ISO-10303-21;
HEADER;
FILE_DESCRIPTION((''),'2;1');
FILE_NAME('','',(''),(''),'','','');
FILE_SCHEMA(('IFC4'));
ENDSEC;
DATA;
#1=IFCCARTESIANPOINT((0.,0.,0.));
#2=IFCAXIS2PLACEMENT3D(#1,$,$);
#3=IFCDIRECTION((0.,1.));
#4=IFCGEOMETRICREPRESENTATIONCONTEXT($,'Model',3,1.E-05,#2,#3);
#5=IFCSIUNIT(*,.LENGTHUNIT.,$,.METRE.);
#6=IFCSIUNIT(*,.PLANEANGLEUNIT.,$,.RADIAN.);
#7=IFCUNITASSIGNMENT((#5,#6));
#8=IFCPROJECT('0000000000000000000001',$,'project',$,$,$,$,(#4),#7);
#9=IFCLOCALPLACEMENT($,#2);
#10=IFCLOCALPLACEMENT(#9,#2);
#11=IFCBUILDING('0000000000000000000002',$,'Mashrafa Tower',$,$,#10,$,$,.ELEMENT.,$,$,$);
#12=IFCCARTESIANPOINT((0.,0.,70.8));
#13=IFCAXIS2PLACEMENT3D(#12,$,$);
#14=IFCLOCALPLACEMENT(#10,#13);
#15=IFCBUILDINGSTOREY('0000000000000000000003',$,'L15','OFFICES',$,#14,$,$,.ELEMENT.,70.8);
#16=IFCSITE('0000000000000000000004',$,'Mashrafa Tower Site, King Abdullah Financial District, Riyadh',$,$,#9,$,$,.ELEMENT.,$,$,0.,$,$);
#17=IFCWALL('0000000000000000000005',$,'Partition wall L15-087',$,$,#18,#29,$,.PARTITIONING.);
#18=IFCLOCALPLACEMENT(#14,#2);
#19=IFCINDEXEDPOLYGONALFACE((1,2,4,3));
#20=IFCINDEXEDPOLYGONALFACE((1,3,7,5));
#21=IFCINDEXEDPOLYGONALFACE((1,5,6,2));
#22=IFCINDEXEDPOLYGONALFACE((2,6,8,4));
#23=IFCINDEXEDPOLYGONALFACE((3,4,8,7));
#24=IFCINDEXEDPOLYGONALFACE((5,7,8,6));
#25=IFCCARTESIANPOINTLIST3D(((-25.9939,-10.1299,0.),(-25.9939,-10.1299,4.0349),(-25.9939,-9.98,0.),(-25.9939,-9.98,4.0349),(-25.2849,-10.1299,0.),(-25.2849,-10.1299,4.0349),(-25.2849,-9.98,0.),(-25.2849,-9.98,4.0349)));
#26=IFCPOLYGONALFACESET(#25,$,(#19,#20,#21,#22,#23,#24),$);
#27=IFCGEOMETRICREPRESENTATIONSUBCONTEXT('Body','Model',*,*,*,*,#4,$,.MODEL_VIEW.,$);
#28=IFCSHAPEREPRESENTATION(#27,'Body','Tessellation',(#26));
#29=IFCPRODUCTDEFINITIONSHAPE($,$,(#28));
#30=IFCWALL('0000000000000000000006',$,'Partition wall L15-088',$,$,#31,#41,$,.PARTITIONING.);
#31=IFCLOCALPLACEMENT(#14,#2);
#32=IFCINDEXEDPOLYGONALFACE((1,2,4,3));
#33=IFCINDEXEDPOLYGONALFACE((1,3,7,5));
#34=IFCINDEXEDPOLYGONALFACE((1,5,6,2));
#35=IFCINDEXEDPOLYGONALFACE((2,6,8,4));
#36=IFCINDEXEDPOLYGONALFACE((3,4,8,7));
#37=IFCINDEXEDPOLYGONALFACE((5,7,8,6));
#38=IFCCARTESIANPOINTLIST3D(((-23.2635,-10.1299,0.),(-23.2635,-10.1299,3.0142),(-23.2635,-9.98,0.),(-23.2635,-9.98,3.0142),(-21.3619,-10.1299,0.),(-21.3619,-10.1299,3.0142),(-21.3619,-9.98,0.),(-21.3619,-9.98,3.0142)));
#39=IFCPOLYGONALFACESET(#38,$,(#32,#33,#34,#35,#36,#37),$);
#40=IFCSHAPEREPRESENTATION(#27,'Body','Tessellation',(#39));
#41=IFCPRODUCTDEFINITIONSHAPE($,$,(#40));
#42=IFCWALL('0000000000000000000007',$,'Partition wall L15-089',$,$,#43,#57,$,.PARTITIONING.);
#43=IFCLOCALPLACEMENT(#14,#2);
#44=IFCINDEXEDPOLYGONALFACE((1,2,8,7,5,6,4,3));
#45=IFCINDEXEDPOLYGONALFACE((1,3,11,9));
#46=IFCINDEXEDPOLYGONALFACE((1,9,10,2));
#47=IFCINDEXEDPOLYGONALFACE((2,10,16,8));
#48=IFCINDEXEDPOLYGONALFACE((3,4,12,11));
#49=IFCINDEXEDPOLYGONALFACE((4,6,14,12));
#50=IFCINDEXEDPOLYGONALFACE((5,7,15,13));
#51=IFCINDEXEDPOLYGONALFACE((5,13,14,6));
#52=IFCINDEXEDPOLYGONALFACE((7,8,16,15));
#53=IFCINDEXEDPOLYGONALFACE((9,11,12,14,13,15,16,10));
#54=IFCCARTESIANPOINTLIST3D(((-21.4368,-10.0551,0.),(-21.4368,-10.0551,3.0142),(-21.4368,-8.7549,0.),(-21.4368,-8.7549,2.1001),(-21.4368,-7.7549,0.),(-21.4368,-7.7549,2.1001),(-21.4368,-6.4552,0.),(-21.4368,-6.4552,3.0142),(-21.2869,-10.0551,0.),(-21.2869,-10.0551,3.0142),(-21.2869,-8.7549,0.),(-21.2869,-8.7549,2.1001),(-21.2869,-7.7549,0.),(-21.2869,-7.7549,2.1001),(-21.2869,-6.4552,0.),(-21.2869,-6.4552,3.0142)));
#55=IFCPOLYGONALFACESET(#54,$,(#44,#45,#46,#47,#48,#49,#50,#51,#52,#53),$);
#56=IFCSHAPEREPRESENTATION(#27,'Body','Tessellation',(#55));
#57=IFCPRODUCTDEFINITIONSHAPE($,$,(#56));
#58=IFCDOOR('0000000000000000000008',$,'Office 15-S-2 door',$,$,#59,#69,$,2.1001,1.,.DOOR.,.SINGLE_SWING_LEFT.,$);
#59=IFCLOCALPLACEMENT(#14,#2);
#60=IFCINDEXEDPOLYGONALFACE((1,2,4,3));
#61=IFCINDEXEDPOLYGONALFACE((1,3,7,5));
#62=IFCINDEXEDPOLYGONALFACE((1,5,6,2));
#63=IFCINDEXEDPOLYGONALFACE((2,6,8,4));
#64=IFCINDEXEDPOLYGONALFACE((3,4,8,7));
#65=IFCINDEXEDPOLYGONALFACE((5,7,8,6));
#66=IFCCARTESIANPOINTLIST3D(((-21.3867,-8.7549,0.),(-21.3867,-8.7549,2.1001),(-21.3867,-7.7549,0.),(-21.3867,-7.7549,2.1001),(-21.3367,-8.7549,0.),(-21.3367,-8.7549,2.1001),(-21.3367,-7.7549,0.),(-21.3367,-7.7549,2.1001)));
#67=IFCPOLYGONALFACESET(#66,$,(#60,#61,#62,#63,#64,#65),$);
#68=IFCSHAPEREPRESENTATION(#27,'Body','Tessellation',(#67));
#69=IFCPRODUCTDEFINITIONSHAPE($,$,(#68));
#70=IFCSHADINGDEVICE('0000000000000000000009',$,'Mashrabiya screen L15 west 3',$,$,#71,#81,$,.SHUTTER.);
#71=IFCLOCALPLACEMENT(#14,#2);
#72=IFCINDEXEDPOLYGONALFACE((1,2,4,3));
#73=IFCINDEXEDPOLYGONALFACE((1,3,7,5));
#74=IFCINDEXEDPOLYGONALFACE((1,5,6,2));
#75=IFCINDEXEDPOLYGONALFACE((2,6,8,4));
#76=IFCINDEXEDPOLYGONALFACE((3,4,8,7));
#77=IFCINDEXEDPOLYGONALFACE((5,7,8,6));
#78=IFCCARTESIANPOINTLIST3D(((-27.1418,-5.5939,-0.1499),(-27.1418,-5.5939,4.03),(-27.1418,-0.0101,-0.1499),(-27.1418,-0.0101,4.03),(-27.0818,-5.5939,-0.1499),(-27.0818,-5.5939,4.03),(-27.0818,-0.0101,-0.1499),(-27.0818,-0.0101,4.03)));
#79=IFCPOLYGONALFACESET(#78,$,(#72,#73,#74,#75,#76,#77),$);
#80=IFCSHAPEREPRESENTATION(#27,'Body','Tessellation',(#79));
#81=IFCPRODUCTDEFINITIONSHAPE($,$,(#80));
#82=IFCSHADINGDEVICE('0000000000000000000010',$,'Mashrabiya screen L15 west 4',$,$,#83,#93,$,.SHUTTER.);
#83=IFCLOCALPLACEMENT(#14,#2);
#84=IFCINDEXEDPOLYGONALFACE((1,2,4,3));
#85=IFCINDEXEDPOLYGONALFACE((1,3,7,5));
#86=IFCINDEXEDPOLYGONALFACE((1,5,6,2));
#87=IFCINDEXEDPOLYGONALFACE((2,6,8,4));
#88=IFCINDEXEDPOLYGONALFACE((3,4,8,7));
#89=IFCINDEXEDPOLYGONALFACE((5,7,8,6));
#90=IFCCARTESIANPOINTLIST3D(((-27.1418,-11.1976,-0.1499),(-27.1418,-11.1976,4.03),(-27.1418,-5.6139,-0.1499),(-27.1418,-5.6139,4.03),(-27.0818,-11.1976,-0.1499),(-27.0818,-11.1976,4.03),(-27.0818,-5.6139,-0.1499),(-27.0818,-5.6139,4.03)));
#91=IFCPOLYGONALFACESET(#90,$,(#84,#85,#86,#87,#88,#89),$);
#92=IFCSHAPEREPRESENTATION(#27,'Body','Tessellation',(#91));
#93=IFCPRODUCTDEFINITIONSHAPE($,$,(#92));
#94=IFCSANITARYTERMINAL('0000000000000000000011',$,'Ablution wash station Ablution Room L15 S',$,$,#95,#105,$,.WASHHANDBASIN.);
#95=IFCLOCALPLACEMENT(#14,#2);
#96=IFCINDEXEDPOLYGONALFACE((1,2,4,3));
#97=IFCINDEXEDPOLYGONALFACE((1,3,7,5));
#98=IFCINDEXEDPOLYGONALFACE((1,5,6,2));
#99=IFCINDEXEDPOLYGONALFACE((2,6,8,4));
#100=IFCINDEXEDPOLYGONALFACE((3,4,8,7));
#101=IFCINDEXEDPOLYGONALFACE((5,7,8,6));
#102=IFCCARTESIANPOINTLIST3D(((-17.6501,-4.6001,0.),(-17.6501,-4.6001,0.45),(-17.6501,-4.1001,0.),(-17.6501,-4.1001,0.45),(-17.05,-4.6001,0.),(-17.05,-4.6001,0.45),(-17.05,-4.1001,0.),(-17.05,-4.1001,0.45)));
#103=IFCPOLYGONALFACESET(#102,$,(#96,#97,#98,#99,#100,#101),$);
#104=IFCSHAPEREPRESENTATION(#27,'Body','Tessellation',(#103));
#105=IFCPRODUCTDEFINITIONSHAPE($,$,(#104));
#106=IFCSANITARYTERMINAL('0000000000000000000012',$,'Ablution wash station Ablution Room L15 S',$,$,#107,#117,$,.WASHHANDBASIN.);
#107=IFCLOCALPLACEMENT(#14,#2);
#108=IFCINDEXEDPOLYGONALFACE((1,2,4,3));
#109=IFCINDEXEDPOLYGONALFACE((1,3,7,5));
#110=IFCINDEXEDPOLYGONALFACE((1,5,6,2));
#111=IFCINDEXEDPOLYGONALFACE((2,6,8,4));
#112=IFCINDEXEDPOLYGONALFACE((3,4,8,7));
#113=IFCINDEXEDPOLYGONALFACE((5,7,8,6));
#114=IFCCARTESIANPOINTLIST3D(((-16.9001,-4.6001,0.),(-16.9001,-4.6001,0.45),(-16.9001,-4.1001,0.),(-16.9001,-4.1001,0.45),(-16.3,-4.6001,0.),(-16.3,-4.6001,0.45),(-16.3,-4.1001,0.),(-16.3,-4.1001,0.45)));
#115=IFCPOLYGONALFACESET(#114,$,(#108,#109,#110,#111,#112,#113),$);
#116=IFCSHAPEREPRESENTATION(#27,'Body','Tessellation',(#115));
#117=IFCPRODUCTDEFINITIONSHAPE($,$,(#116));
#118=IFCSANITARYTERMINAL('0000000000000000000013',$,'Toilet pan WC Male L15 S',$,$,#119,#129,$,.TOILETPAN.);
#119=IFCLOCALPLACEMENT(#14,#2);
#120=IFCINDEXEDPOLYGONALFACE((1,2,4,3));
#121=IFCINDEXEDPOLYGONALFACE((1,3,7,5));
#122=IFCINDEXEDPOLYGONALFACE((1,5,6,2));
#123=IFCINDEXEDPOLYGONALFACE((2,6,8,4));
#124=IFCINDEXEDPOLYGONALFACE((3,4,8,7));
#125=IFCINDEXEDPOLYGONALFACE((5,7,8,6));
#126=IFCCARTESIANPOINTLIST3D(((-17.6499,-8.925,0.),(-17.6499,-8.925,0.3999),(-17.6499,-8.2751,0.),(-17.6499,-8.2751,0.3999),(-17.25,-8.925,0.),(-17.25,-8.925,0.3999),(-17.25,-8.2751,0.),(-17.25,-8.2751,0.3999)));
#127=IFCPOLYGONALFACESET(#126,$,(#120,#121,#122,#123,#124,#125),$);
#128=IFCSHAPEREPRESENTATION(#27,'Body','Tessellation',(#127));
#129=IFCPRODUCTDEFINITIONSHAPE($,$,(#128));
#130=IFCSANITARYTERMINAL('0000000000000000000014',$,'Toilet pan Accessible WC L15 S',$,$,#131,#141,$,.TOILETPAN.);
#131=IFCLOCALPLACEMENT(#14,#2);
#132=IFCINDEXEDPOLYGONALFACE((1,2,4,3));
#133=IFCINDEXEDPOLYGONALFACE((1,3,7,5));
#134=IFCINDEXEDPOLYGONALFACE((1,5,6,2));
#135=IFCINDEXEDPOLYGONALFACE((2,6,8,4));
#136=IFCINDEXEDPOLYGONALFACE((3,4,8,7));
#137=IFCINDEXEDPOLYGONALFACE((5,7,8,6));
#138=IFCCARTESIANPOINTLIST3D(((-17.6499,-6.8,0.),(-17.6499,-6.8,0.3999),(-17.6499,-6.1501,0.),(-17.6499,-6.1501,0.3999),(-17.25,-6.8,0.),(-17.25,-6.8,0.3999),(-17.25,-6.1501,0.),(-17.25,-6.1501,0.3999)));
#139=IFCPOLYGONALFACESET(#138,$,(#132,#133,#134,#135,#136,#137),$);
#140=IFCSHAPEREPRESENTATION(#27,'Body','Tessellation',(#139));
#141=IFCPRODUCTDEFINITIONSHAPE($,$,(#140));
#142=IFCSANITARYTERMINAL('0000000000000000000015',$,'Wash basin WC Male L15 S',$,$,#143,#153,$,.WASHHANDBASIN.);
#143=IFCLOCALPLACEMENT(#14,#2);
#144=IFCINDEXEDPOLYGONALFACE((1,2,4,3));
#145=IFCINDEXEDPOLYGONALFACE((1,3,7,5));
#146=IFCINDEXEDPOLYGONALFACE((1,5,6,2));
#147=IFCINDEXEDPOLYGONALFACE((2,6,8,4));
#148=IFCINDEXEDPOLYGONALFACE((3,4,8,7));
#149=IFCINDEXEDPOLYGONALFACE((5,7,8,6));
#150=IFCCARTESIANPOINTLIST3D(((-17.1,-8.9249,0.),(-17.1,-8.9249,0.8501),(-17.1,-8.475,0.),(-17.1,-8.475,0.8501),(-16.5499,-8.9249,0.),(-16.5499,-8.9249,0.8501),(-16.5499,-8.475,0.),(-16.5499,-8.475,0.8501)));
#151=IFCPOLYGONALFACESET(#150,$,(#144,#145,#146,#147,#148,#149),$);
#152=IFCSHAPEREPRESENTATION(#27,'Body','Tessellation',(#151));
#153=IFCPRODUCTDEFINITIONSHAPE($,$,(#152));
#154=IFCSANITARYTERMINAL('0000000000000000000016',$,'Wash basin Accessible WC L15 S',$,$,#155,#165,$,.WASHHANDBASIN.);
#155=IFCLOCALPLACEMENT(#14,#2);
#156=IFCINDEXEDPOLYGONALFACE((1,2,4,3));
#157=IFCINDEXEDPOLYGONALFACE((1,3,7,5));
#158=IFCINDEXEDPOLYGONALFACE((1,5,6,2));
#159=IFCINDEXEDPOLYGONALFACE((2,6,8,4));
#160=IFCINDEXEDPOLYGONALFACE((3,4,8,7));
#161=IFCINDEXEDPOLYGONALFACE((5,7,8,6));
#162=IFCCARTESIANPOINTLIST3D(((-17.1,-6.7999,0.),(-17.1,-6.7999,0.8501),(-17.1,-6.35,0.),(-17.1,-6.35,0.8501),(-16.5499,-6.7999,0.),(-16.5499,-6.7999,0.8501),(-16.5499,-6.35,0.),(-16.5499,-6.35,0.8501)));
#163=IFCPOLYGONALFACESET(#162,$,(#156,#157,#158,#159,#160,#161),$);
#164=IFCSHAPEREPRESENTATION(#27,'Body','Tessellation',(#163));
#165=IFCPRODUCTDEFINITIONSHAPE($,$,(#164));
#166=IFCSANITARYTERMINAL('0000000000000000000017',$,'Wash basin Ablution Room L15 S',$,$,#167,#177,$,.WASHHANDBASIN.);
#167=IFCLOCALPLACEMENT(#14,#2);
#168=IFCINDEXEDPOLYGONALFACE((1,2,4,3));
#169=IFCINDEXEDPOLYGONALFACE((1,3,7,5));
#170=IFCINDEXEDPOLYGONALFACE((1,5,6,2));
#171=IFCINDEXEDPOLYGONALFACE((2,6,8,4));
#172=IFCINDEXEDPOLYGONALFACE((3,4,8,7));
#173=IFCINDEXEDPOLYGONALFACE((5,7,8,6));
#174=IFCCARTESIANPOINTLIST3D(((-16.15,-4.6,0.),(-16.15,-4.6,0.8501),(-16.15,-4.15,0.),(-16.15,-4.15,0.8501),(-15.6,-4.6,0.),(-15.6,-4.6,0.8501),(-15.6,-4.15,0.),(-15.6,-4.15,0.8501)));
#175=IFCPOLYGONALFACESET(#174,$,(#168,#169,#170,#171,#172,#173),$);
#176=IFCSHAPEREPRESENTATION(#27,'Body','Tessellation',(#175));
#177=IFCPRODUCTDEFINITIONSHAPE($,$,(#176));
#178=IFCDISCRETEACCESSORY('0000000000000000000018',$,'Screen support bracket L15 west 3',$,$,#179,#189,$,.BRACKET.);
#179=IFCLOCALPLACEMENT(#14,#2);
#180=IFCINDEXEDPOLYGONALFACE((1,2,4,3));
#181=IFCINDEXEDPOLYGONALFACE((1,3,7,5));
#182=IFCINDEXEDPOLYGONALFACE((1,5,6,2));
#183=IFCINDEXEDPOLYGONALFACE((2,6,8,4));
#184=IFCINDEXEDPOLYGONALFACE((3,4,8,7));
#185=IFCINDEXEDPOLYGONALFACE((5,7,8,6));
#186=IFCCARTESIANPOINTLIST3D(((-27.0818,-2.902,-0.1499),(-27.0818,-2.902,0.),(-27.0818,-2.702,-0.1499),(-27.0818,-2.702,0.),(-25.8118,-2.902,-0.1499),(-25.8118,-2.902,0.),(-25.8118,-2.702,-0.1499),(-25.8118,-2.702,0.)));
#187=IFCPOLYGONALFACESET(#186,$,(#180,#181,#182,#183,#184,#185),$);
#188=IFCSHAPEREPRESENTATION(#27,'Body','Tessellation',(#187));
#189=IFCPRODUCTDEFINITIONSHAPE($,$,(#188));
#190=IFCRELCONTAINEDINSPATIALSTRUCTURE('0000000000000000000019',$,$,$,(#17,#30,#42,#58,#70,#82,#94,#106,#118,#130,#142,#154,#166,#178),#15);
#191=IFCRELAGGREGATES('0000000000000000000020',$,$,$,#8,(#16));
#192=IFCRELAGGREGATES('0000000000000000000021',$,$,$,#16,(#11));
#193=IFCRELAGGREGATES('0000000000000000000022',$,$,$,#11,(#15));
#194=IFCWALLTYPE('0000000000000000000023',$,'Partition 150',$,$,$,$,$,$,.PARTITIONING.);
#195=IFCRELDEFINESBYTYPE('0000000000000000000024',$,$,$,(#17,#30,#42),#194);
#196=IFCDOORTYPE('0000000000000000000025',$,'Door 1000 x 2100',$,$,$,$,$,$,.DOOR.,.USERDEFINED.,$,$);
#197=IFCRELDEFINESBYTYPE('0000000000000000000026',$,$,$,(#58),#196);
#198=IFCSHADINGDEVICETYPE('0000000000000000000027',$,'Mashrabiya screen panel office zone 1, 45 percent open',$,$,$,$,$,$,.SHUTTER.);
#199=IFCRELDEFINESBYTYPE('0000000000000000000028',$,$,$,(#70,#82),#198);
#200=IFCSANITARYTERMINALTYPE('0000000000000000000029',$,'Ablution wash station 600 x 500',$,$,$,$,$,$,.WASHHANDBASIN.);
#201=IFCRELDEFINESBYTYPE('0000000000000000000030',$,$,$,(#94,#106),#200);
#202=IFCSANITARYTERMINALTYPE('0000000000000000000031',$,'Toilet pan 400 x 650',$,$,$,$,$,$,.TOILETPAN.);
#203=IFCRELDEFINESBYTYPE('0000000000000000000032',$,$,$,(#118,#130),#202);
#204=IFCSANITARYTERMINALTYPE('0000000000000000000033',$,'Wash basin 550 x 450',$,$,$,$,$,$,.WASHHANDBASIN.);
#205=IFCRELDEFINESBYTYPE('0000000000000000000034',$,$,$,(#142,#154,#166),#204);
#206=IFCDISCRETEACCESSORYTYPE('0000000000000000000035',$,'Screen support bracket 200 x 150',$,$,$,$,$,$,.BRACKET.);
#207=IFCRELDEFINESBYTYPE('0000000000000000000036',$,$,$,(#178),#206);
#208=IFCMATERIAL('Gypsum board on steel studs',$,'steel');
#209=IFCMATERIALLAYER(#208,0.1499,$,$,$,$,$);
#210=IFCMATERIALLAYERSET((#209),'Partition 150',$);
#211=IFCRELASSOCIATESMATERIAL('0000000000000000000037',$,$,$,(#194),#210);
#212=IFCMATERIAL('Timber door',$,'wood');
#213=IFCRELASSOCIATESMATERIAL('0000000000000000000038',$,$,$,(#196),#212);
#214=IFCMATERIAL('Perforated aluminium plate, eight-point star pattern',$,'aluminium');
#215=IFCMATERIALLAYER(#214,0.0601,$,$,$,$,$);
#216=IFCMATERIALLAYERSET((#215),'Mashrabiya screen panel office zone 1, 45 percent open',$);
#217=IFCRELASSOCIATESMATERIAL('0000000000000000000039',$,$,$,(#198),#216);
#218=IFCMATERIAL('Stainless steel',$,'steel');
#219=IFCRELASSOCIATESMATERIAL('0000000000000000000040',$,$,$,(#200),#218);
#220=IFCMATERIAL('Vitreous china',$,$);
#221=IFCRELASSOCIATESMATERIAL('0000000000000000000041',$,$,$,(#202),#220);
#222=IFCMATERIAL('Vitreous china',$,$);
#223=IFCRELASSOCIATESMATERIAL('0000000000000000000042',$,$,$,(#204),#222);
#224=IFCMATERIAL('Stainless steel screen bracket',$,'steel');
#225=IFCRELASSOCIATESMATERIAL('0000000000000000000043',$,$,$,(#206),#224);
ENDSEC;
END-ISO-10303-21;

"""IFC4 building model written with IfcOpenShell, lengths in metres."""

from ifc_helpers import new_model, si_unit, direction, frame, frame_2d, origin, origin_2d, place, context, subcontext, project, spatial, rectangle, extrude, source, transform, mapped, material, layer, layer_set, type_object, type_shapes, element, fill, save


model = new_model("IFC4")

# Units and contexts
model_context = context("Model", 3, precision=1e-05, world=origin(), true_north=direction((0.0, 1.0)))
body_context = subcontext(model_context, "Body", "Model", "MODEL_VIEW")
ifc_project = project(units=[si_unit("LENGTHUNIT", "METRE"), si_unit("PLANEANGLEUNIT", "RADIAN")], contexts=[model_context])

# Site, building, storey
site_placement = place(None, origin())
site = spatial("IfcSite", under=ifc_project, at=site_placement, Name="Mashrafa Tower Site, King Abdullah Financial District, Riyadh", CompositionType="ELEMENT", RefElevation=0.0)
building_placement = place(site_placement, origin())
building = spatial("IfcBuilding", under=site, at=building_placement, Name="Mashrafa Tower", CompositionType="ELEMENT")
storey_placement = place(building_placement, frame((0.0, 0.0, 70.8)))
storey = spatial("IfcBuildingStorey", under=building, at=storey_placement, Name="L15", Description="OFFICES", CompositionType="ELEMENT", Elevation=70.8)

# Shared definitions
ifc_material_1 = material(Name="Gypsum board on steel studs", Category="steel")
ifc_layer_1 = layer(ifc_material_1, 0.1499)
ifc_layer_set_1 = layer_set([ifc_layer_1], Name="Partition 150")
wall_type = type_object("IfcWallType", Name="Partition 150", PredefinedType="PARTITIONING", material=ifc_layer_set_1)

# Shared definitions
ifc_material_2 = material(Name="Timber door", Category="wood")
door_type = type_object("IfcDoorType", Name="Door 1000 x 2100", OperationType="USERDEFINED", PredefinedType="DOOR", material=ifc_material_2)

# Walls
wall_1_placement = place(storey_placement, frame((-25.9939, -10.0549, 0.0), z_axis=(0.0, 0.0, 1.0), x_axis=(1.0, 0.0, 0.0)))
element("IfcWall", 1, at=wall_1_placement, inside=storey, type_object=wall_type, Name="Partition wall L15-087", PredefinedType="PARTITIONING", context=body_context, shape_type="SweptSolid", body=[
    extrude(rectangle(XDim=0.709, YDim=0.1499, at=frame_2d((0.3545, 0.0))), origin(), (0.0, 0.0, 1.0), 4.0349),
])
wall_2_placement = place(storey_placement, frame((-23.2634, -10.0549, 0.0), z_axis=(0.0, 0.0, 1.0), x_axis=(1.0, 0.0, 0.0)))
element("IfcWall", 2, at=wall_2_placement, inside=storey, type_object=wall_type, Name="Partition wall L15-088", PredefinedType="PARTITIONING", context=body_context, shape_type="SweptSolid", body=[
    extrude(rectangle(XDim=1.9016, YDim=0.1499, at=frame_2d((0.9507, 0.0))), origin(), (0.0, 0.0, 1.0), 3.0142),
])

# Wall, opening, door
wall_3_placement = place(storey_placement, frame((-21.3618, -10.0549, 0.0), z_axis=(0.0, 0.0, 1.0), x_axis=(0.0, 1.0, 0.0)))
wall_3 = element("IfcWall", 3, at=wall_3_placement, inside=storey, type_object=wall_type, Name="Partition wall L15-089", PredefinedType="PARTITIONING", context=body_context, shape_type="SweptSolid", body=[
    extrude(rectangle(XDim=3.5999, YDim=0.1499, at=frame_2d((1.7998, 0.0))), origin(), (0.0, 0.0, 1.0), 3.0142),
])
opening_1_placement = place(wall_3_placement, frame((1.3, 0.0, 0.0)))
opening_1 = element("IfcOpeningElement", 4, at=opening_1_placement, cuts=wall_3, PredefinedType="OPENING", context=body_context, shape_type="SweptSolid", body=[
    extrude(rectangle(XDim=1.0, YDim=2.1001, at=frame_2d((0.5, 1.05))), frame((0.0, 0.085, 0.0), z_axis=(0.0, -1.0, 0.0), x_axis=(1.0, 0.0, 0.0)), (0.0, 0.0, 1.0), 0.1699),
])
door_1_placement = place(opening_1_placement, origin())
door_1 = element("IfcDoor", 5, at=door_1_placement, inside=storey, type_object=door_type, Name="Office 15-S-2 door", OperationType="SINGLE_SWING_LEFT", OverallHeight=2.1001, OverallWidth=1.0, PredefinedType="DOOR", context=body_context, shape_type="SweptSolid", body=[
    extrude(rectangle(XDim=1.0, YDim=2.1001, at=frame_2d((0.5, 1.05))), frame((0.0, 0.0249, 0.0), z_axis=(0.0, -1.0, 0.0), x_axis=(1.0, 0.0, 0.0)), (0.0, 0.0, 1.0), 0.05),
])
fill(opening_1, door_1)

# Shading devices
ifc_material_3 = material(Name="Perforated aluminium plate, eight-point star pattern", Category="aluminium")
ifc_layer_2 = layer(ifc_material_3, 0.0601)
ifc_layer_set_2 = layer_set([ifc_layer_2], Name="Mashrabiya screen panel office zone 1, 45 percent open")
shading_device_type = type_object("IfcShadingDeviceType", Name="Mashrabiya screen panel office zone 1, 45 percent open", PredefinedType="SHUTTER", material=ifc_layer_set_2)
shared_shape_1 = source(origin(), body_context, "Body", "SweptSolid", [
    extrude(rectangle(XDim=5.5837, YDim=0.0601, at=origin_2d()), origin(), (0.0, 0.0, 1.0), 4.1799),
])
type_shapes(shading_device_type, [shared_shape_1])
for number, where, z_axis, x_axis, name in (
    (6, (-27.1118, -2.802, -0.1499), (0.0, 0.0, 1.0), (0.0, -1.0, 0.0), "Mashrabiya screen L15 west 3"),
    (7, (-27.1118, -8.4058, -0.1499), (0.0, 0.0, 1.0), (0.0, -1.0, 0.0), "Mashrabiya screen L15 west 4"),
):
    element("IfcShadingDevice", number, at=place(storey_placement, frame(where, z_axis=z_axis, x_axis=x_axis)), inside=storey, type_object=shading_device_type, Name=name, PredefinedType="SHUTTER", context=body_context, shape_type="MappedRepresentation", body=[
        mapped(shared_shape_1, transform((0.0, 0.0, 0.0))),
    ])

# Sanitary terminals
ifc_material_4 = material(Name="Stainless steel", Category="steel")
sanitary_terminal_type_1 = type_object("IfcSanitaryTerminalType", Name="Ablution wash station 600 x 500", PredefinedType="WASHHANDBASIN", material=ifc_material_4)
for number, where, z_axis, x_axis, name in (
    (8, (-17.3501, -4.3501, 0.0), (0.0, 0.0, 1.0), (1.0, 0.0, 0.0), "Ablution wash station Ablution Room L15 S"),
    (9, (-16.6001, -4.3501, 0.0), (0.0, 0.0, 1.0), (1.0, 0.0, 0.0), "Ablution wash station Ablution Room L15 S"),
):
    element("IfcSanitaryTerminal", number, at=place(storey_placement, frame(where, z_axis=z_axis, x_axis=x_axis)), inside=storey, type_object=sanitary_terminal_type_1, Name=name, PredefinedType="WASHHANDBASIN", context=body_context, shape_type="SweptSolid", body=[
        extrude(rectangle(XDim=0.6001, YDim=0.5, at=origin_2d()), origin(), (0.0, 0.0, 1.0), 0.45),
    ])
ifc_material_5 = material(Name="Vitreous china")
sanitary_terminal_type_2 = type_object("IfcSanitaryTerminalType", Name="Toilet pan 400 x 650", PredefinedType="TOILETPAN", material=ifc_material_5)
for number, where, z_axis, x_axis, name in (
    (10, (-17.45, -8.6001, 0.0), (0.0, 0.0, 1.0), (1.0, 0.0, 0.0), "Toilet pan WC Male L15 S"),
    (11, (-17.45, -6.4751, 0.0), (0.0, 0.0, 1.0), (1.0, 0.0, 0.0), "Toilet pan Accessible WC L15 S"),
):
    element("IfcSanitaryTerminal", number, at=place(storey_placement, frame(where, z_axis=z_axis, x_axis=x_axis)), inside=storey, type_object=sanitary_terminal_type_2, Name=name, PredefinedType="TOILETPAN", context=body_context, shape_type="SweptSolid", body=[
        extrude(rectangle(XDim=0.3999, YDim=0.6499, at=origin_2d()), origin(), (0.0, 0.0, 1.0), 0.3999),
    ])
ifc_material_6 = material(Name="Vitreous china")
sanitary_terminal_type_3 = type_object("IfcSanitaryTerminalType", Name="Wash basin 550 x 450", PredefinedType="WASHHANDBASIN", material=ifc_material_6)
for number, where, z_axis, x_axis, name in (
    (12, (-16.825, -8.7, 0.0), (0.0, 0.0, 1.0), (1.0, 0.0, 0.0), "Wash basin WC Male L15 S"),
    (13, (-16.825, -6.575, 0.0), (0.0, 0.0, 1.0), (1.0, 0.0, 0.0), "Wash basin Accessible WC L15 S"),
    (14, (-15.875, -4.375, 0.0), (0.0, 0.0, 1.0), (1.0, 0.0, 0.0), "Wash basin Ablution Room L15 S"),
):
    element("IfcSanitaryTerminal", number, at=place(storey_placement, frame(where, z_axis=z_axis, x_axis=x_axis)), inside=storey, type_object=sanitary_terminal_type_3, Name=name, PredefinedType="WASHHANDBASIN", context=body_context, shape_type="SweptSolid", body=[
        extrude(rectangle(XDim=0.55, YDim=0.45, at=origin_2d()), origin(), (0.0, 0.0, 1.0), 0.8501),
    ])

# Discrete accessory
ifc_material_7 = material(Name="Stainless steel screen bracket", Category="steel")
discrete_accessory_type = type_object("IfcDiscreteAccessoryType", Name="Screen support bracket 200 x 150", PredefinedType="BRACKET", material=ifc_material_7)
shared_shape_2 = source(origin(), body_context, "Body", "SweptSolid", [
    extrude(rectangle(XDim=0.2, YDim=1.27, at=origin_2d()), origin(), (0.0, 0.0, 1.0), 0.1499),
])
type_shapes(discrete_accessory_type, [shared_shape_2])
for number, where, z_axis, x_axis, name in (
    (15, (-26.4468, -2.802, -0.1499), (0.0, 0.0, 1.0), (0.0, -1.0, 0.0), "Screen support bracket L15 west 3"),
):
    element("IfcDiscreteAccessory", number, at=place(storey_placement, frame(where, z_axis=z_axis, x_axis=x_axis)), inside=storey, type_object=discrete_accessory_type, Name=name, PredefinedType="BRACKET", context=body_context, shape_type="MappedRepresentation", body=[
        mapped(shared_shape_2, transform((0.0, 0.0, 0.0))),
    ])

save(model, "model.ifc")
